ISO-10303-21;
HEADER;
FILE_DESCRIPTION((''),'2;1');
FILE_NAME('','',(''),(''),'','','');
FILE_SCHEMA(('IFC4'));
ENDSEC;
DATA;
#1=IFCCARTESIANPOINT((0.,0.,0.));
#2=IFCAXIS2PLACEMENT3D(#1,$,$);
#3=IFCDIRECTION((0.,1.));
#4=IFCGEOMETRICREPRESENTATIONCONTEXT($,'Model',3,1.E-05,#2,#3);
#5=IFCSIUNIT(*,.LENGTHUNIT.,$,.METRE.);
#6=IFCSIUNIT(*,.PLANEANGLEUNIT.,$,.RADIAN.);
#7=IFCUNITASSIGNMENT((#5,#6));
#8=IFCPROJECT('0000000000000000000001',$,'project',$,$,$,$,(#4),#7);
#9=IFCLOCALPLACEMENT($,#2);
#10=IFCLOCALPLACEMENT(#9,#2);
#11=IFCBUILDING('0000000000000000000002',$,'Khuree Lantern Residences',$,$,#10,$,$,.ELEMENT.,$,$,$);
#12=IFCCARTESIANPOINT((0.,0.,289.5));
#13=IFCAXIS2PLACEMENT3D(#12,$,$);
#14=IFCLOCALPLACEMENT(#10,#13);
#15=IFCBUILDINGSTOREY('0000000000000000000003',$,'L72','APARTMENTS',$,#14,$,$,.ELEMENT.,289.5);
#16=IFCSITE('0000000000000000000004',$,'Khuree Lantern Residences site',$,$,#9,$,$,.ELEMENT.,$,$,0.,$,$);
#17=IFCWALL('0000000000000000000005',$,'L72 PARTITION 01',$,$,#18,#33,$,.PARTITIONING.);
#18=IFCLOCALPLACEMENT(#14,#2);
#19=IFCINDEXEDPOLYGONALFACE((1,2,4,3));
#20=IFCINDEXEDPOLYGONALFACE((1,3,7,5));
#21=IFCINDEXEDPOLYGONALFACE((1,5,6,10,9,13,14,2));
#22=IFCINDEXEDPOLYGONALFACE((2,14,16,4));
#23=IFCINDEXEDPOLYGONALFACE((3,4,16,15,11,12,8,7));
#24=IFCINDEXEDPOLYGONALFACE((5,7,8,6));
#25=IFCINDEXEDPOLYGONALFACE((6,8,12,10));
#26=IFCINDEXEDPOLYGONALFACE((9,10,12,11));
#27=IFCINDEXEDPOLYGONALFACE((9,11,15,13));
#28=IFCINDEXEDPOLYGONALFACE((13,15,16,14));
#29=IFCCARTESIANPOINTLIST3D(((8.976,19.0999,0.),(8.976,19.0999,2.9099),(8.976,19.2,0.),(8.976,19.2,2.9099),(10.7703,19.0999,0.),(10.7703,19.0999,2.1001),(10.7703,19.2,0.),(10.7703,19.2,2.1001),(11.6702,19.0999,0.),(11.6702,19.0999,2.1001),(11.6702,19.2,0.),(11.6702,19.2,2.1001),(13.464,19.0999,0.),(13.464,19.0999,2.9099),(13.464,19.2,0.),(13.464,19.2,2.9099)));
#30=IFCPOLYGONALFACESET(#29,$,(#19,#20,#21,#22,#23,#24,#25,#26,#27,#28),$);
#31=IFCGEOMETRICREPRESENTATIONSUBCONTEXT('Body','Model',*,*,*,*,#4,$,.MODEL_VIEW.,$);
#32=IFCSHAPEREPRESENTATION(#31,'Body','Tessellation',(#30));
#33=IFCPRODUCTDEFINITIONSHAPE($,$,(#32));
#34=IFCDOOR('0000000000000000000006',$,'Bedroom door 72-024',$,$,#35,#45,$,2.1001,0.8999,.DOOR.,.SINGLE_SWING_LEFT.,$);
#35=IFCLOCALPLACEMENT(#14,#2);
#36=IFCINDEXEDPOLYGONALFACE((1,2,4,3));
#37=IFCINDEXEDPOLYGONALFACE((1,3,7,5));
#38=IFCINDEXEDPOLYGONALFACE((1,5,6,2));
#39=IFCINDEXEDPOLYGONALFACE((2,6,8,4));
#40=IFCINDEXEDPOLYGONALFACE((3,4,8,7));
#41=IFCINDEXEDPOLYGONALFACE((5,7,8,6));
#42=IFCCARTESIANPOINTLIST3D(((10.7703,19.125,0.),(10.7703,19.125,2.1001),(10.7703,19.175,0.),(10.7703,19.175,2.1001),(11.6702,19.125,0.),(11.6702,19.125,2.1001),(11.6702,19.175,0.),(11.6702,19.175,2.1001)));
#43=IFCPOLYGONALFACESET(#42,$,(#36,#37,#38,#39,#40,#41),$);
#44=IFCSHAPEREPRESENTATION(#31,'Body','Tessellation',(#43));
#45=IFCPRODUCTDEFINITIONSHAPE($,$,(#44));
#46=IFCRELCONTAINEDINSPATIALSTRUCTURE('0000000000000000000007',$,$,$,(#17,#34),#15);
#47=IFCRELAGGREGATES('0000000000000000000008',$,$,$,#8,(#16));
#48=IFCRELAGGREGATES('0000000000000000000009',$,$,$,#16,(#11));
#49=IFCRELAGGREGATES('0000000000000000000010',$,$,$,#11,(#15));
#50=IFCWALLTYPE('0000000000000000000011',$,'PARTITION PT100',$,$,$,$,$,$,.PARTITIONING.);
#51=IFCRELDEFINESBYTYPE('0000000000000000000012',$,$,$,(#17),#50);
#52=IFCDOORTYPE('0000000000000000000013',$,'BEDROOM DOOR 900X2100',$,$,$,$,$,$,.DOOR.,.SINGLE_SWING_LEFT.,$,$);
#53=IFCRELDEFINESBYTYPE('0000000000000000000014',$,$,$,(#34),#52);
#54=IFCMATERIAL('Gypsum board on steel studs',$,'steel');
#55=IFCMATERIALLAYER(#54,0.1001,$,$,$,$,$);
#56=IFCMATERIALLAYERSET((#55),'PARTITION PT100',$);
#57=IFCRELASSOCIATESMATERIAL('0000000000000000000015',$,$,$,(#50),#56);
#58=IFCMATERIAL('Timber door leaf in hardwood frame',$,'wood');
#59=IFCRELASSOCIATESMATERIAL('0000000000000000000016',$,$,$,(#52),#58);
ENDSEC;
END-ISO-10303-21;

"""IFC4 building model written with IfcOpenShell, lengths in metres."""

from ifc_helpers import new_model, si_unit, direction, frame, frame_2d, origin, place, context, subcontext, project, spatial, rectangle, extrude, material, layer, layer_set, type_object, element, fill, save


model = new_model("IFC4")

# Units and contexts
model_context = context("Model", 3, precision=1e-05, world=origin(), true_north=direction((0.0, 1.0)))
body_context = subcontext(model_context, "Body", "Model", "MODEL_VIEW")
ifc_project = project(units=[si_unit("LENGTHUNIT", "METRE"), si_unit("PLANEANGLEUNIT", "RADIAN")], contexts=[model_context])

# Site, building, storey
site_placement = place(None, origin())
site = spatial("IfcSite", under=ifc_project, at=site_placement, Name="Khuree Lantern Residences site", CompositionType="ELEMENT", RefElevation=0.0)
building_placement = place(site_placement, origin())
building = spatial("IfcBuilding", under=site, at=building_placement, Name="Khuree Lantern Residences", CompositionType="ELEMENT")
storey_placement = place(building_placement, frame((0.0, 0.0, 289.5)))
storey = spatial("IfcBuildingStorey", under=building, at=storey_placement, Name="L72", Description="APARTMENTS", CompositionType="ELEMENT", Elevation=289.5)

# Shared definitions
ifc_material_1 = material(Name="Gypsum board on steel studs", Category="steel")
ifc_layer_1 = layer(ifc_material_1, 0.1001)
ifc_layer_set_1 = layer_set([ifc_layer_1], Name="PARTITION PT100")
wall_type = type_object("IfcWallType", Name="PARTITION PT100", PredefinedType="PARTITIONING", material=ifc_layer_set_1)

# Wall, opening, door
wall_1_placement = place(storey_placement, frame((13.4641, 19.1499, 0.0), z_axis=(0.0, 0.0, 1.0), x_axis=(-1.0, 0.0, 0.0)))
wall_1 = element("IfcWall", 1, at=wall_1_placement, inside=storey, type_object=wall_type, Name="L72 PARTITION 01", PredefinedType="PARTITIONING", context=body_context, shape_type="SweptSolid", body=[
    extrude(rectangle(XDim=4.488, YDim=0.1001, at=frame_2d((2.2441, 0.0))), origin(), (0.0, 0.0, 1.0), 2.9099),
])
opening_placement = place(wall_1_placement, frame((1.7939, 0.0, 0.0)))
opening = element("IfcOpeningElement", 2, at=opening_placement, cuts=wall_1, PredefinedType="OPENING", context=body_context, shape_type="SweptSolid", body=[
    extrude(rectangle(XDim=0.8999, YDim=2.1001, at=frame_2d((0.45, 1.05))), frame((0.0, 0.0601, 0.0), z_axis=(0.0, -1.0, 0.0), x_axis=(1.0, 0.0, 0.0)), (0.0, 0.0, 1.0), 0.1201),
])
ifc_material_2 = material(Name="Timber door leaf in hardwood frame", Category="wood")
door_type = type_object("IfcDoorType", Name="BEDROOM DOOR 900X2100", OperationType="SINGLE_SWING_LEFT", PredefinedType="DOOR", material=ifc_material_2)
door_placement = place(opening_placement, origin())
door = element("IfcDoor", 3, at=door_placement, inside=storey, type_object=door_type, Name="Bedroom door 72-024", OperationType="SINGLE_SWING_LEFT", OverallHeight=2.1001, OverallWidth=0.8999, PredefinedType="DOOR", context=body_context, shape_type="SweptSolid", body=[
    extrude(rectangle(XDim=0.8999, YDim=2.1001, at=frame_2d((0.45, 1.05))), frame((0.0, 0.0249, 0.0), z_axis=(0.0, -1.0, 0.0), x_axis=(1.0, 0.0, 0.0)), (0.0, 0.0, 1.0), 0.05),
])
fill(opening, door)

save(model, "model.ifc")
